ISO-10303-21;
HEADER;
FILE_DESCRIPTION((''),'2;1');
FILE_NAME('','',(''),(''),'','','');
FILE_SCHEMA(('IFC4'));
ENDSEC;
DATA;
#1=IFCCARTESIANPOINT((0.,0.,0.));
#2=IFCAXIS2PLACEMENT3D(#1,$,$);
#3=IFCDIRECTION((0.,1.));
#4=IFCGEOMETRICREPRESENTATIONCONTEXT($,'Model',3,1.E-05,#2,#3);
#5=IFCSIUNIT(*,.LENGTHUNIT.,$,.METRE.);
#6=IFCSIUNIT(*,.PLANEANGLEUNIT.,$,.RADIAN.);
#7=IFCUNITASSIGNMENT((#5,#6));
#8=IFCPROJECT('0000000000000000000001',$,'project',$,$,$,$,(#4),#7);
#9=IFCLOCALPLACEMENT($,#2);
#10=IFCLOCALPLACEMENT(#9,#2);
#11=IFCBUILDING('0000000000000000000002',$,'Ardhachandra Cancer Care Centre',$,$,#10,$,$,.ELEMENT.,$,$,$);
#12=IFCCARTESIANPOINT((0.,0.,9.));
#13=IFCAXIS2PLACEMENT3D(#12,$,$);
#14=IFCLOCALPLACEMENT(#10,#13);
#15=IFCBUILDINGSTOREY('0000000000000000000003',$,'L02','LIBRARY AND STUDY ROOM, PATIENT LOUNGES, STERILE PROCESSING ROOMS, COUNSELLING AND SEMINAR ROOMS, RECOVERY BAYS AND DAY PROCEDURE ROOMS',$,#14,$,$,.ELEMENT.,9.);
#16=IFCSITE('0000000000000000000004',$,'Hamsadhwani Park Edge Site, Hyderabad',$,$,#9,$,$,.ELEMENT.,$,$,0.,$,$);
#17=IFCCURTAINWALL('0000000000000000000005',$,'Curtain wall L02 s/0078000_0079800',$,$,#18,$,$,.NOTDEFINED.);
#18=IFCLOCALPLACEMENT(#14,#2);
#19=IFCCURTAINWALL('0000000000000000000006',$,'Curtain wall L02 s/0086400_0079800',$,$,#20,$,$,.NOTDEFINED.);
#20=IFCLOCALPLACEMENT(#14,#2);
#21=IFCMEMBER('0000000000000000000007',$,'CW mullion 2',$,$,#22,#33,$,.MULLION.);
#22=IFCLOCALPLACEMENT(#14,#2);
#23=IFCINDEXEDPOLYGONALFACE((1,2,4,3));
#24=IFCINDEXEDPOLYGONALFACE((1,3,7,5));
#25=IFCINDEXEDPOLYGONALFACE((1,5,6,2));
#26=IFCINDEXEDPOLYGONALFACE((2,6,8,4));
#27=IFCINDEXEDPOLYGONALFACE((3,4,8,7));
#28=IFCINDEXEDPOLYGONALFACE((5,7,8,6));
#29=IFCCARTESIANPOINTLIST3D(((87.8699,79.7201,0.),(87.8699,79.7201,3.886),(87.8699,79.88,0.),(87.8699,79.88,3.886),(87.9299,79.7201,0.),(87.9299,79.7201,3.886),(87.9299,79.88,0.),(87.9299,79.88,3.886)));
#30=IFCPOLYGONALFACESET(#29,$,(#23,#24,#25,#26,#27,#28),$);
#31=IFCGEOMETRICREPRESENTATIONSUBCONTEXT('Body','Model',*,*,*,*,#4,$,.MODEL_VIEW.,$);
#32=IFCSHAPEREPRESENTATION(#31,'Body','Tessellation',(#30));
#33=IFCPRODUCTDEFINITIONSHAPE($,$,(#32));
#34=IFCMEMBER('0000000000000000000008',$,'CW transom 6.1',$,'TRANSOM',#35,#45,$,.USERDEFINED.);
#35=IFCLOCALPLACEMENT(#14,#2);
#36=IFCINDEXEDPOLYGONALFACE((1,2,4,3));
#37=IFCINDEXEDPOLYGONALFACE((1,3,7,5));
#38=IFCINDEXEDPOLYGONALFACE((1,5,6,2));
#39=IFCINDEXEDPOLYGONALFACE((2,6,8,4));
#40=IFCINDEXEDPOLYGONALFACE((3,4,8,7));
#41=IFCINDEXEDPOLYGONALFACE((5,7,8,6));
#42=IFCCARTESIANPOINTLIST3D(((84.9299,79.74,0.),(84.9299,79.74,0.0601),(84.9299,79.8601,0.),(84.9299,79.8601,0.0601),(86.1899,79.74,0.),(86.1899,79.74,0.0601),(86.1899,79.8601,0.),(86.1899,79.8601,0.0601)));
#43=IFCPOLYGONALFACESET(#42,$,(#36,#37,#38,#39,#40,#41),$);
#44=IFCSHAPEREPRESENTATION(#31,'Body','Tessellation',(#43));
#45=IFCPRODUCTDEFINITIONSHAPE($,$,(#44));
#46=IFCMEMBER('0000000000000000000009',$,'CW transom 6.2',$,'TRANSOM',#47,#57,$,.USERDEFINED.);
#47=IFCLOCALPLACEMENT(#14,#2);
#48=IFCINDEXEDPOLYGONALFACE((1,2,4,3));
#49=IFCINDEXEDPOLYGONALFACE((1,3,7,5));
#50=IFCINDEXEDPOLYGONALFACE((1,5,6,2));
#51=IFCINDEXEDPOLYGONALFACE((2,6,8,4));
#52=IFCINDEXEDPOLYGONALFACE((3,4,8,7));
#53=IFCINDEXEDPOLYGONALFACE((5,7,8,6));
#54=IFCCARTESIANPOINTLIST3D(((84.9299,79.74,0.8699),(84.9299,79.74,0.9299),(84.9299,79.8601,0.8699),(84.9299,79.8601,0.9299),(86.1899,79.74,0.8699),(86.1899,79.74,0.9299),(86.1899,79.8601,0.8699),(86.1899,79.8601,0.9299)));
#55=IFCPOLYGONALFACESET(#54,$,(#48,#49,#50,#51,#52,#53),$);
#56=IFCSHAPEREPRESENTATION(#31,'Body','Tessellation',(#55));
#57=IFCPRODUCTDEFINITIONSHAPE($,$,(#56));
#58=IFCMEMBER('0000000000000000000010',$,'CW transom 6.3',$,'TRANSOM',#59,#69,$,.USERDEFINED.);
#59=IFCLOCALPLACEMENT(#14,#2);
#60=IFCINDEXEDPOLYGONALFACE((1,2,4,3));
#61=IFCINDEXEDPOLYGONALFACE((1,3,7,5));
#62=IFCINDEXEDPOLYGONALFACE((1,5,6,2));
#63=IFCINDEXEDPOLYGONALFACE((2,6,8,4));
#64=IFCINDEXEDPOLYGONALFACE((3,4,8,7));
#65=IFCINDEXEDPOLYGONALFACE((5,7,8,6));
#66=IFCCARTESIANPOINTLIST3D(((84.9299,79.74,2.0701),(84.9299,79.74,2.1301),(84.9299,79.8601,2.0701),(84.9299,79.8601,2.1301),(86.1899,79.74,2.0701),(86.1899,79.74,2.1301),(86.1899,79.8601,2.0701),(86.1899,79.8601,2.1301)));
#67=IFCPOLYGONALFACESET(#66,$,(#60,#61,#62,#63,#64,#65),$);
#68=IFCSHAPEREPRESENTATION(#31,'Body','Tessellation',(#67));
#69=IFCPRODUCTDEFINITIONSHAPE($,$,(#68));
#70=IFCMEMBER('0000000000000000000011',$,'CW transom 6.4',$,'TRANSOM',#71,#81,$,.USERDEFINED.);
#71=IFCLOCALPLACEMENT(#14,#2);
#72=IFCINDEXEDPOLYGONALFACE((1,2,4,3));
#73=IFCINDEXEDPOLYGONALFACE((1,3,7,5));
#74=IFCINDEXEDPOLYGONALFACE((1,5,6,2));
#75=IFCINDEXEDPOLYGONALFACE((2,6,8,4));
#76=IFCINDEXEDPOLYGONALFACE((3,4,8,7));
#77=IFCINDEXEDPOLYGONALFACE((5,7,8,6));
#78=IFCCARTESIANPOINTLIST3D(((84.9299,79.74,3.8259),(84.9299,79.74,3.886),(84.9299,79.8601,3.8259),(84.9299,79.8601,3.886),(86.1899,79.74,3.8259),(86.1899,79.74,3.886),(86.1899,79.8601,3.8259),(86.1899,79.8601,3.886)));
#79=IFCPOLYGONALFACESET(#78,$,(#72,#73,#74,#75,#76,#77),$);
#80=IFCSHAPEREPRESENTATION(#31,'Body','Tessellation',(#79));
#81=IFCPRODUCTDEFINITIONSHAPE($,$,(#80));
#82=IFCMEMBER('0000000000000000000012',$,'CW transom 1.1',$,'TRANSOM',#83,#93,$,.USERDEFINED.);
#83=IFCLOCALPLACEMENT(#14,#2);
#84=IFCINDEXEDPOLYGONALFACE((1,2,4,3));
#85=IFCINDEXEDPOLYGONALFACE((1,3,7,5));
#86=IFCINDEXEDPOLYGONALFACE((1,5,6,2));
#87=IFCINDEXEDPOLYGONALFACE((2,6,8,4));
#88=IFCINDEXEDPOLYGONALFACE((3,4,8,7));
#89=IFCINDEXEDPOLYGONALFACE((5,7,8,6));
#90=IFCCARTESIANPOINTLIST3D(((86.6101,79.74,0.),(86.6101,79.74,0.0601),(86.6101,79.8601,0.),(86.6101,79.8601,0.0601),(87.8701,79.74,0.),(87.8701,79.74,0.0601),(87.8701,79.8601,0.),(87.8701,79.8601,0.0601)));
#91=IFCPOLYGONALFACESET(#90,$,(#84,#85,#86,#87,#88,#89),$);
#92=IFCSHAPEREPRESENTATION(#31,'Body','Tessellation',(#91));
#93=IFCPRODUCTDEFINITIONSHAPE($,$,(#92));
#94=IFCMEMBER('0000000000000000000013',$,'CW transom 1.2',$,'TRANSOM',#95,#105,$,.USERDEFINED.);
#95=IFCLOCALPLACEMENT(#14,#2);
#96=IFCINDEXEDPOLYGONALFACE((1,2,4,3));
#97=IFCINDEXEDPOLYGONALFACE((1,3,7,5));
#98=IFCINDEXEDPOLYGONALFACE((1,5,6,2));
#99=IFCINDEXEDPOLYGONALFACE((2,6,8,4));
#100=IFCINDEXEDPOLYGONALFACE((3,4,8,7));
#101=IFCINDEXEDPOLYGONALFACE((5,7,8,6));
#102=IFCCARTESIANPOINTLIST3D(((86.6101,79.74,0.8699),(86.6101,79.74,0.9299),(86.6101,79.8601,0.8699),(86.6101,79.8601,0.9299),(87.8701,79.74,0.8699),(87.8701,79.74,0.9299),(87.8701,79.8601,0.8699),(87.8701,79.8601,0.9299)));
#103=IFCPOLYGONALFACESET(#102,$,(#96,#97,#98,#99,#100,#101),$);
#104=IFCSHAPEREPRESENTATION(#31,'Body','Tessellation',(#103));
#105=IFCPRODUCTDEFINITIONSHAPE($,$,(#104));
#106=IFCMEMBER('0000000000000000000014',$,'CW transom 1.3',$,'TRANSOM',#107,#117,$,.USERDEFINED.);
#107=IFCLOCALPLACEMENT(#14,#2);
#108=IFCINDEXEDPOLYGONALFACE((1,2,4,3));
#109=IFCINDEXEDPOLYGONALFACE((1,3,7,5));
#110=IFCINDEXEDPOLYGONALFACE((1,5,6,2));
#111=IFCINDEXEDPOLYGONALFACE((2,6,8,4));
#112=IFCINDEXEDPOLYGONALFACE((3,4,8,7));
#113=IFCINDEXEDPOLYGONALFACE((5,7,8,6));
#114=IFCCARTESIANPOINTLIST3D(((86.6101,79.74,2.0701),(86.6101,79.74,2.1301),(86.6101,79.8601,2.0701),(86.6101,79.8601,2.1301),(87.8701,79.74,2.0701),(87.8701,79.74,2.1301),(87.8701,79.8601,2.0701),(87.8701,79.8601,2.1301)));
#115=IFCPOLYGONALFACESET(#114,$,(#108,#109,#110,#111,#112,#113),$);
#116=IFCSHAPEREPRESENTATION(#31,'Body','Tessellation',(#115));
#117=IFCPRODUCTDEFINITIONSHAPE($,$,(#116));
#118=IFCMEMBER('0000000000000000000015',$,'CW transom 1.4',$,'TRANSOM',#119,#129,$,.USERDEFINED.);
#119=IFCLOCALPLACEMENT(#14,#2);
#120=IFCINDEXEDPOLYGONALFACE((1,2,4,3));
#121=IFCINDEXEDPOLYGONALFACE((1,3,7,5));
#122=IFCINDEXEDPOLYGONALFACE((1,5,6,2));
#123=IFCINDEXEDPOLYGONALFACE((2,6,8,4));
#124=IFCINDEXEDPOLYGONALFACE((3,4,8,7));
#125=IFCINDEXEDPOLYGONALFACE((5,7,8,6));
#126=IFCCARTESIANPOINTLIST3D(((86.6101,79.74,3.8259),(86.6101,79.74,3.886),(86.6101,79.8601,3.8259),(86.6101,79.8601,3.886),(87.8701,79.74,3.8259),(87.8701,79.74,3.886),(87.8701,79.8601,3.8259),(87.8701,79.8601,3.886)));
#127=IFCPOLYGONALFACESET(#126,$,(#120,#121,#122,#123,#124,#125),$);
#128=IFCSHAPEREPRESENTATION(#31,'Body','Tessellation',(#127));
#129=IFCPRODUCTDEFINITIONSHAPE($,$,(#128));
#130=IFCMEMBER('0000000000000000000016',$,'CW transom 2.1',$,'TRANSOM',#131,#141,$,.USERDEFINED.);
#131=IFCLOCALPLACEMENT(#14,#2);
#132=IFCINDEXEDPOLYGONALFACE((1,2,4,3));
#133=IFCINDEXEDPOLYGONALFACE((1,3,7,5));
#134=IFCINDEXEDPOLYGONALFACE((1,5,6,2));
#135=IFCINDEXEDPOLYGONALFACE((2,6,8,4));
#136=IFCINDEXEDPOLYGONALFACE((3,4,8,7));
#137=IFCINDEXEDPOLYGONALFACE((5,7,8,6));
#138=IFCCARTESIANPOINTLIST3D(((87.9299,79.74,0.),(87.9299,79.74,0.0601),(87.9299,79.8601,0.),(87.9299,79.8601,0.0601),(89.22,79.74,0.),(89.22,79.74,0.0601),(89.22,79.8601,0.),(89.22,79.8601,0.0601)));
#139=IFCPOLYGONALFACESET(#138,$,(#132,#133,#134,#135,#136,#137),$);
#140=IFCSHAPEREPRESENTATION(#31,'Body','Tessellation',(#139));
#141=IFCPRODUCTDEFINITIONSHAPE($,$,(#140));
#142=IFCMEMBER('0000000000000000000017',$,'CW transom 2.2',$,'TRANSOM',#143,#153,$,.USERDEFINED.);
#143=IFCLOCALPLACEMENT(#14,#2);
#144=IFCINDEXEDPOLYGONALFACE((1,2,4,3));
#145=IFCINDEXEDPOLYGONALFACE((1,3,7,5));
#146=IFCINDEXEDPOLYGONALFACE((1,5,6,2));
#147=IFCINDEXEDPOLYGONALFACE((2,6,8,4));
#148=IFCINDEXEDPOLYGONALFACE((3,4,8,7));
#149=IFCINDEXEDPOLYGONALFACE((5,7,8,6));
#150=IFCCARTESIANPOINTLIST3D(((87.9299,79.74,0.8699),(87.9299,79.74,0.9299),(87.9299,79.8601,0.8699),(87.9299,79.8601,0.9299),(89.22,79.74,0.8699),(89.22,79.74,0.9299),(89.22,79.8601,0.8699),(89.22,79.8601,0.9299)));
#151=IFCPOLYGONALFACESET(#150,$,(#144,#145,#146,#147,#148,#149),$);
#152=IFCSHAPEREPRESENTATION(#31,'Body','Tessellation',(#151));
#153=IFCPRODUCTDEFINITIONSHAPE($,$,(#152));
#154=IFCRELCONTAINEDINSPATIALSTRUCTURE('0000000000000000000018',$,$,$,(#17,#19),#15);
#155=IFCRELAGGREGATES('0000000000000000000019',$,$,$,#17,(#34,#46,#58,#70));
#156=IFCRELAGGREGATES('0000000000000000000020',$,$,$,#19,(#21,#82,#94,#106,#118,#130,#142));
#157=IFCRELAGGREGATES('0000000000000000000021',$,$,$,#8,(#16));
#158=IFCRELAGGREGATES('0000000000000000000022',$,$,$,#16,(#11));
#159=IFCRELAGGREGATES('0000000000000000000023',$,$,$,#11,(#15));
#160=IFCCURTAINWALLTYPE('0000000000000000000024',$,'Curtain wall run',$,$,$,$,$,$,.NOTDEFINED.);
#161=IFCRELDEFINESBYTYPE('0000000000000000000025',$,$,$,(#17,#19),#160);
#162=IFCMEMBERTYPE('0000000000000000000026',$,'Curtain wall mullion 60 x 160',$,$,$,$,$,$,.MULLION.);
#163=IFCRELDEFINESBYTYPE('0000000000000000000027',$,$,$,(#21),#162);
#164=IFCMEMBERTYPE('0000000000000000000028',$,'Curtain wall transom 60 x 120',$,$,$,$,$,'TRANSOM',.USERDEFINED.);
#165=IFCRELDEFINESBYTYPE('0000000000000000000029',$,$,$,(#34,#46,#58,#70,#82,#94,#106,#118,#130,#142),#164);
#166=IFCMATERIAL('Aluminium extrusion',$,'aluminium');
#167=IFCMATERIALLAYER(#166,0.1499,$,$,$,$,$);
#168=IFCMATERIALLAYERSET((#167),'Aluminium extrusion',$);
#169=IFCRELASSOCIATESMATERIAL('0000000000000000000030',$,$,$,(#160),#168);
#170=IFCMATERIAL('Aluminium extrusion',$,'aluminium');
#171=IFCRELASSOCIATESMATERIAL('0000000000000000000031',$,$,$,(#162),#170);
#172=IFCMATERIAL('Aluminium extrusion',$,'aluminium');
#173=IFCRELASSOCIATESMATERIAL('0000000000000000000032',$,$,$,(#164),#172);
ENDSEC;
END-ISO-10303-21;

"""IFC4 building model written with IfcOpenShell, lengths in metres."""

from ifc_helpers import new_model, si_unit, direction, frame, origin, origin_2d, place, context, subcontext, project, spatial, rectangle, extrude, material, layer, layer_set, material_profile, profile_set, type_object, element, aggregate, save


model = new_model("IFC4")

# Units and contexts
model_context = context("Model", 3, precision=1e-05, world=origin(), true_north=direction((0.0, 1.0)))
body_context = subcontext(model_context, "Body", "Model", "MODEL_VIEW")
ifc_project = project(units=[si_unit("LENGTHUNIT", "METRE"), si_unit("PLANEANGLEUNIT", "RADIAN")], contexts=[model_context])

# Site, building, storey
site_placement = place(None, origin())
site = spatial("IfcSite", under=ifc_project, at=site_placement, Name="Hamsadhwani Park Edge Site, Hyderabad", CompositionType="ELEMENT", RefElevation=0.0)
building_placement = place(site_placement, origin())
building = spatial("IfcBuilding", under=site, at=building_placement, Name="Ardhachandra Cancer Care Centre", CompositionType="ELEMENT")
storey_placement = place(building_placement, frame((0.0, 0.0, 9.0)))
storey = spatial("IfcBuildingStorey", under=building, at=storey_placement, Name="L02", Description="LIBRARY AND STUDY ROOM, PATIENT LOUNGES, STERILE PROCESSING ROOMS, COUNSELLING AND SEMINAR ROOMS, RECOVERY BAYS AND DAY PROCEDURE ROOMS", CompositionType="ELEMENT", Elevation=9.0)

# Curtain walls, member
ifc_material_1 = material(Name="Aluminium extrusion", Category="aluminium")
ifc_layer_1 = layer(ifc_material_1, 0.1499)
ifc_layer_set_1 = layer_set([ifc_layer_1], Name="Aluminium extrusion")
curtain_wall_type = type_object("IfcCurtainWallType", Name="Curtain wall run", PredefinedType="NOTDEFINED", material=ifc_layer_set_1)
curtain_wall_1_placement = place(storey_placement, origin())
curtain_wall_1 = element("IfcCurtainWall", 1, at=curtain_wall_1_placement, inside=storey, type_object=curtain_wall_type, Name="Curtain wall L02 s/0078000_0079800", PredefinedType="NOTDEFINED")
ifc_material_2 = material(Name="Aluminium extrusion", Category="aluminium")
ifc_material_profile_1 = material_profile(ifc_material_2, rectangle(XDim=0.1599, YDim=0.0601, at=origin_2d()), Name="Curtain wall mullion 60 x 160")
ifc_profile_set_1 = profile_set([ifc_material_profile_1], Name="Aluminium extrusion")
member_type_1 = type_object("IfcMemberType", Name="Curtain wall mullion 60 x 160", PredefinedType="MULLION", material=ifc_profile_set_1)
curtain_wall_2_placement = place(storey_placement, origin())
curtain_wall_2 = element("IfcCurtainWall", 2, at=curtain_wall_2_placement, inside=storey, type_object=curtain_wall_type, Name="Curtain wall L02 s/0086400_0079800", PredefinedType="NOTDEFINED")
member_1_placement = place(storey_placement, frame((87.8999, 79.8, 0.0), z_axis=(0.0, 0.0, 1.0), x_axis=(0.0, 1.0, 0.0)))
member_1 = element("IfcMember", 3, at=member_1_placement, type_object=member_type_1, Name="CW mullion 2", PredefinedType="MULLION", context=body_context, shape_type="SweptSolid", body=[
    extrude(rectangle(XDim=0.1599, YDim=0.0601, at=origin_2d()), origin(), (0.0, 0.0, 1.0), 3.886),
])

# Members
ifc_material_3 = material(Name="Aluminium extrusion", Category="aluminium")
ifc_material_profile_2 = material_profile(ifc_material_3, rectangle(XDim=0.1201, YDim=0.0601, at=origin_2d()), Name="Curtain wall transom 60 x 120")
ifc_profile_set_2 = profile_set([ifc_material_profile_2], Name="Aluminium extrusion")
member_type_2 = type_object("IfcMemberType", Name="Curtain wall transom 60 x 120", ElementType="TRANSOM", PredefinedType="USERDEFINED", material=ifc_profile_set_2)
member_2_placement = place(storey_placement, frame((84.9299, 79.8, 0.03), z_axis=(1.0, 0.0, 0.0), x_axis=(0.0, 1.0, 0.0)))
member_2 = element("IfcMember", 4, at=member_2_placement, type_object=member_type_2, Name="CW transom 6.1", ObjectType="TRANSOM", PredefinedType="USERDEFINED", context=body_context, shape_type="SweptSolid", body=[
    extrude(rectangle(XDim=0.1201, YDim=0.0601, at=origin_2d()), origin(), (0.0, 0.0, 1.0), 1.26),
])
member_3_placement = place(storey_placement, frame((84.9299, 79.8, 0.8999), z_axis=(1.0, 0.0, 0.0), x_axis=(0.0, 1.0, 0.0)))
member_3 = element("IfcMember", 5, at=member_3_placement, type_object=member_type_2, Name="CW transom 6.2", ObjectType="TRANSOM", PredefinedType="USERDEFINED", context=body_context, shape_type="SweptSolid", body=[
    extrude(rectangle(XDim=0.1201, YDim=0.0601, at=origin_2d()), origin(), (0.0, 0.0, 1.0), 1.26),
])
member_4_placement = place(storey_placement, frame((84.9299, 79.8, 2.1001), z_axis=(1.0, 0.0, 0.0), x_axis=(0.0, 1.0, 0.0)))
member_4 = element("IfcMember", 6, at=member_4_placement, type_object=member_type_2, Name="CW transom 6.3", ObjectType="TRANSOM", PredefinedType="USERDEFINED", context=body_context, shape_type="SweptSolid", body=[
    extrude(rectangle(XDim=0.1201, YDim=0.0601, at=origin_2d()), origin(), (0.0, 0.0, 1.0), 1.26),
])
member_5_placement = place(storey_placement, frame((84.9299, 79.8, 3.856), z_axis=(1.0, 0.0, 0.0), x_axis=(0.0, 1.0, 0.0)))
member_5 = element("IfcMember", 7, at=member_5_placement, type_object=member_type_2, Name="CW transom 6.4", ObjectType="TRANSOM", PredefinedType="USERDEFINED", context=body_context, shape_type="SweptSolid", body=[
    extrude(rectangle(XDim=0.1201, YDim=0.0601, at=origin_2d()), origin(), (0.0, 0.0, 1.0), 1.26),
])
member_6_placement = place(storey_placement, frame((86.6101, 79.8, 0.03), z_axis=(1.0, 0.0, 0.0), x_axis=(0.0, 1.0, 0.0)))
member_6 = element("IfcMember", 8, at=member_6_placement, type_object=member_type_2, Name="CW transom 1.1", ObjectType="TRANSOM", PredefinedType="USERDEFINED", context=body_context, shape_type="SweptSolid", body=[
    extrude(rectangle(XDim=0.1201, YDim=0.0601, at=origin_2d()), origin(), (0.0, 0.0, 1.0), 1.26),
])
member_7_placement = place(storey_placement, frame((86.6101, 79.8, 0.8999), z_axis=(1.0, 0.0, 0.0), x_axis=(0.0, 1.0, 0.0)))
member_7 = element("IfcMember", 9, at=member_7_placement, type_object=member_type_2, Name="CW transom 1.2", ObjectType="TRANSOM", PredefinedType="USERDEFINED", context=body_context, shape_type="SweptSolid", body=[
    extrude(rectangle(XDim=0.1201, YDim=0.0601, at=origin_2d()), origin(), (0.0, 0.0, 1.0), 1.26),
])
member_8_placement = place(storey_placement, frame((86.6101, 79.8, 2.1001), z_axis=(1.0, 0.0, 0.0), x_axis=(0.0, 1.0, 0.0)))
member_8 = element("IfcMember", 10, at=member_8_placement, type_object=member_type_2, Name="CW transom 1.3", ObjectType="TRANSOM", PredefinedType="USERDEFINED", context=body_context, shape_type="SweptSolid", body=[
    extrude(rectangle(XDim=0.1201, YDim=0.0601, at=origin_2d()), origin(), (0.0, 0.0, 1.0), 1.26),
])
member_9_placement = place(storey_placement, frame((86.6101, 79.8, 3.856), z_axis=(1.0, 0.0, 0.0), x_axis=(0.0, 1.0, 0.0)))
member_9 = element("IfcMember", 11, at=member_9_placement, type_object=member_type_2, Name="CW transom 1.4", ObjectType="TRANSOM", PredefinedType="USERDEFINED", context=body_context, shape_type="SweptSolid", body=[
    extrude(rectangle(XDim=0.1201, YDim=0.0601, at=origin_2d()), origin(), (0.0, 0.0, 1.0), 1.26),
])
member_10_placement = place(storey_placement, frame((87.9299, 79.8, 0.03), z_axis=(1.0, 0.0, 0.0), x_axis=(0.0, 1.0, 0.0)))
member_10 = element("IfcMember", 12, at=member_10_placement, type_object=member_type_2, Name="CW transom 2.1", ObjectType="TRANSOM", PredefinedType="USERDEFINED", context=body_context, shape_type="SweptSolid", body=[
    extrude(rectangle(XDim=0.1201, YDim=0.0601, at=origin_2d()), origin(), (0.0, 0.0, 1.0), 1.29),
])
member_11_placement = place(storey_placement, frame((87.9299, 79.8, 0.8999), z_axis=(1.0, 0.0, 0.0), x_axis=(0.0, 1.0, 0.0)))
member_11 = element("IfcMember", 13, at=member_11_placement, type_object=member_type_2, Name="CW transom 2.2", ObjectType="TRANSOM", PredefinedType="USERDEFINED", context=body_context, shape_type="SweptSolid", body=[
    extrude(rectangle(XDim=0.1201, YDim=0.0601, at=origin_2d()), origin(), (0.0, 0.0, 1.0), 1.29),
])

aggregate(curtain_wall_1, [member_2, member_3, member_4, member_5])
aggregate(curtain_wall_2, [member_1, member_6, member_7, member_8, member_9, member_10, member_11])

save(model, "model.ifc")
